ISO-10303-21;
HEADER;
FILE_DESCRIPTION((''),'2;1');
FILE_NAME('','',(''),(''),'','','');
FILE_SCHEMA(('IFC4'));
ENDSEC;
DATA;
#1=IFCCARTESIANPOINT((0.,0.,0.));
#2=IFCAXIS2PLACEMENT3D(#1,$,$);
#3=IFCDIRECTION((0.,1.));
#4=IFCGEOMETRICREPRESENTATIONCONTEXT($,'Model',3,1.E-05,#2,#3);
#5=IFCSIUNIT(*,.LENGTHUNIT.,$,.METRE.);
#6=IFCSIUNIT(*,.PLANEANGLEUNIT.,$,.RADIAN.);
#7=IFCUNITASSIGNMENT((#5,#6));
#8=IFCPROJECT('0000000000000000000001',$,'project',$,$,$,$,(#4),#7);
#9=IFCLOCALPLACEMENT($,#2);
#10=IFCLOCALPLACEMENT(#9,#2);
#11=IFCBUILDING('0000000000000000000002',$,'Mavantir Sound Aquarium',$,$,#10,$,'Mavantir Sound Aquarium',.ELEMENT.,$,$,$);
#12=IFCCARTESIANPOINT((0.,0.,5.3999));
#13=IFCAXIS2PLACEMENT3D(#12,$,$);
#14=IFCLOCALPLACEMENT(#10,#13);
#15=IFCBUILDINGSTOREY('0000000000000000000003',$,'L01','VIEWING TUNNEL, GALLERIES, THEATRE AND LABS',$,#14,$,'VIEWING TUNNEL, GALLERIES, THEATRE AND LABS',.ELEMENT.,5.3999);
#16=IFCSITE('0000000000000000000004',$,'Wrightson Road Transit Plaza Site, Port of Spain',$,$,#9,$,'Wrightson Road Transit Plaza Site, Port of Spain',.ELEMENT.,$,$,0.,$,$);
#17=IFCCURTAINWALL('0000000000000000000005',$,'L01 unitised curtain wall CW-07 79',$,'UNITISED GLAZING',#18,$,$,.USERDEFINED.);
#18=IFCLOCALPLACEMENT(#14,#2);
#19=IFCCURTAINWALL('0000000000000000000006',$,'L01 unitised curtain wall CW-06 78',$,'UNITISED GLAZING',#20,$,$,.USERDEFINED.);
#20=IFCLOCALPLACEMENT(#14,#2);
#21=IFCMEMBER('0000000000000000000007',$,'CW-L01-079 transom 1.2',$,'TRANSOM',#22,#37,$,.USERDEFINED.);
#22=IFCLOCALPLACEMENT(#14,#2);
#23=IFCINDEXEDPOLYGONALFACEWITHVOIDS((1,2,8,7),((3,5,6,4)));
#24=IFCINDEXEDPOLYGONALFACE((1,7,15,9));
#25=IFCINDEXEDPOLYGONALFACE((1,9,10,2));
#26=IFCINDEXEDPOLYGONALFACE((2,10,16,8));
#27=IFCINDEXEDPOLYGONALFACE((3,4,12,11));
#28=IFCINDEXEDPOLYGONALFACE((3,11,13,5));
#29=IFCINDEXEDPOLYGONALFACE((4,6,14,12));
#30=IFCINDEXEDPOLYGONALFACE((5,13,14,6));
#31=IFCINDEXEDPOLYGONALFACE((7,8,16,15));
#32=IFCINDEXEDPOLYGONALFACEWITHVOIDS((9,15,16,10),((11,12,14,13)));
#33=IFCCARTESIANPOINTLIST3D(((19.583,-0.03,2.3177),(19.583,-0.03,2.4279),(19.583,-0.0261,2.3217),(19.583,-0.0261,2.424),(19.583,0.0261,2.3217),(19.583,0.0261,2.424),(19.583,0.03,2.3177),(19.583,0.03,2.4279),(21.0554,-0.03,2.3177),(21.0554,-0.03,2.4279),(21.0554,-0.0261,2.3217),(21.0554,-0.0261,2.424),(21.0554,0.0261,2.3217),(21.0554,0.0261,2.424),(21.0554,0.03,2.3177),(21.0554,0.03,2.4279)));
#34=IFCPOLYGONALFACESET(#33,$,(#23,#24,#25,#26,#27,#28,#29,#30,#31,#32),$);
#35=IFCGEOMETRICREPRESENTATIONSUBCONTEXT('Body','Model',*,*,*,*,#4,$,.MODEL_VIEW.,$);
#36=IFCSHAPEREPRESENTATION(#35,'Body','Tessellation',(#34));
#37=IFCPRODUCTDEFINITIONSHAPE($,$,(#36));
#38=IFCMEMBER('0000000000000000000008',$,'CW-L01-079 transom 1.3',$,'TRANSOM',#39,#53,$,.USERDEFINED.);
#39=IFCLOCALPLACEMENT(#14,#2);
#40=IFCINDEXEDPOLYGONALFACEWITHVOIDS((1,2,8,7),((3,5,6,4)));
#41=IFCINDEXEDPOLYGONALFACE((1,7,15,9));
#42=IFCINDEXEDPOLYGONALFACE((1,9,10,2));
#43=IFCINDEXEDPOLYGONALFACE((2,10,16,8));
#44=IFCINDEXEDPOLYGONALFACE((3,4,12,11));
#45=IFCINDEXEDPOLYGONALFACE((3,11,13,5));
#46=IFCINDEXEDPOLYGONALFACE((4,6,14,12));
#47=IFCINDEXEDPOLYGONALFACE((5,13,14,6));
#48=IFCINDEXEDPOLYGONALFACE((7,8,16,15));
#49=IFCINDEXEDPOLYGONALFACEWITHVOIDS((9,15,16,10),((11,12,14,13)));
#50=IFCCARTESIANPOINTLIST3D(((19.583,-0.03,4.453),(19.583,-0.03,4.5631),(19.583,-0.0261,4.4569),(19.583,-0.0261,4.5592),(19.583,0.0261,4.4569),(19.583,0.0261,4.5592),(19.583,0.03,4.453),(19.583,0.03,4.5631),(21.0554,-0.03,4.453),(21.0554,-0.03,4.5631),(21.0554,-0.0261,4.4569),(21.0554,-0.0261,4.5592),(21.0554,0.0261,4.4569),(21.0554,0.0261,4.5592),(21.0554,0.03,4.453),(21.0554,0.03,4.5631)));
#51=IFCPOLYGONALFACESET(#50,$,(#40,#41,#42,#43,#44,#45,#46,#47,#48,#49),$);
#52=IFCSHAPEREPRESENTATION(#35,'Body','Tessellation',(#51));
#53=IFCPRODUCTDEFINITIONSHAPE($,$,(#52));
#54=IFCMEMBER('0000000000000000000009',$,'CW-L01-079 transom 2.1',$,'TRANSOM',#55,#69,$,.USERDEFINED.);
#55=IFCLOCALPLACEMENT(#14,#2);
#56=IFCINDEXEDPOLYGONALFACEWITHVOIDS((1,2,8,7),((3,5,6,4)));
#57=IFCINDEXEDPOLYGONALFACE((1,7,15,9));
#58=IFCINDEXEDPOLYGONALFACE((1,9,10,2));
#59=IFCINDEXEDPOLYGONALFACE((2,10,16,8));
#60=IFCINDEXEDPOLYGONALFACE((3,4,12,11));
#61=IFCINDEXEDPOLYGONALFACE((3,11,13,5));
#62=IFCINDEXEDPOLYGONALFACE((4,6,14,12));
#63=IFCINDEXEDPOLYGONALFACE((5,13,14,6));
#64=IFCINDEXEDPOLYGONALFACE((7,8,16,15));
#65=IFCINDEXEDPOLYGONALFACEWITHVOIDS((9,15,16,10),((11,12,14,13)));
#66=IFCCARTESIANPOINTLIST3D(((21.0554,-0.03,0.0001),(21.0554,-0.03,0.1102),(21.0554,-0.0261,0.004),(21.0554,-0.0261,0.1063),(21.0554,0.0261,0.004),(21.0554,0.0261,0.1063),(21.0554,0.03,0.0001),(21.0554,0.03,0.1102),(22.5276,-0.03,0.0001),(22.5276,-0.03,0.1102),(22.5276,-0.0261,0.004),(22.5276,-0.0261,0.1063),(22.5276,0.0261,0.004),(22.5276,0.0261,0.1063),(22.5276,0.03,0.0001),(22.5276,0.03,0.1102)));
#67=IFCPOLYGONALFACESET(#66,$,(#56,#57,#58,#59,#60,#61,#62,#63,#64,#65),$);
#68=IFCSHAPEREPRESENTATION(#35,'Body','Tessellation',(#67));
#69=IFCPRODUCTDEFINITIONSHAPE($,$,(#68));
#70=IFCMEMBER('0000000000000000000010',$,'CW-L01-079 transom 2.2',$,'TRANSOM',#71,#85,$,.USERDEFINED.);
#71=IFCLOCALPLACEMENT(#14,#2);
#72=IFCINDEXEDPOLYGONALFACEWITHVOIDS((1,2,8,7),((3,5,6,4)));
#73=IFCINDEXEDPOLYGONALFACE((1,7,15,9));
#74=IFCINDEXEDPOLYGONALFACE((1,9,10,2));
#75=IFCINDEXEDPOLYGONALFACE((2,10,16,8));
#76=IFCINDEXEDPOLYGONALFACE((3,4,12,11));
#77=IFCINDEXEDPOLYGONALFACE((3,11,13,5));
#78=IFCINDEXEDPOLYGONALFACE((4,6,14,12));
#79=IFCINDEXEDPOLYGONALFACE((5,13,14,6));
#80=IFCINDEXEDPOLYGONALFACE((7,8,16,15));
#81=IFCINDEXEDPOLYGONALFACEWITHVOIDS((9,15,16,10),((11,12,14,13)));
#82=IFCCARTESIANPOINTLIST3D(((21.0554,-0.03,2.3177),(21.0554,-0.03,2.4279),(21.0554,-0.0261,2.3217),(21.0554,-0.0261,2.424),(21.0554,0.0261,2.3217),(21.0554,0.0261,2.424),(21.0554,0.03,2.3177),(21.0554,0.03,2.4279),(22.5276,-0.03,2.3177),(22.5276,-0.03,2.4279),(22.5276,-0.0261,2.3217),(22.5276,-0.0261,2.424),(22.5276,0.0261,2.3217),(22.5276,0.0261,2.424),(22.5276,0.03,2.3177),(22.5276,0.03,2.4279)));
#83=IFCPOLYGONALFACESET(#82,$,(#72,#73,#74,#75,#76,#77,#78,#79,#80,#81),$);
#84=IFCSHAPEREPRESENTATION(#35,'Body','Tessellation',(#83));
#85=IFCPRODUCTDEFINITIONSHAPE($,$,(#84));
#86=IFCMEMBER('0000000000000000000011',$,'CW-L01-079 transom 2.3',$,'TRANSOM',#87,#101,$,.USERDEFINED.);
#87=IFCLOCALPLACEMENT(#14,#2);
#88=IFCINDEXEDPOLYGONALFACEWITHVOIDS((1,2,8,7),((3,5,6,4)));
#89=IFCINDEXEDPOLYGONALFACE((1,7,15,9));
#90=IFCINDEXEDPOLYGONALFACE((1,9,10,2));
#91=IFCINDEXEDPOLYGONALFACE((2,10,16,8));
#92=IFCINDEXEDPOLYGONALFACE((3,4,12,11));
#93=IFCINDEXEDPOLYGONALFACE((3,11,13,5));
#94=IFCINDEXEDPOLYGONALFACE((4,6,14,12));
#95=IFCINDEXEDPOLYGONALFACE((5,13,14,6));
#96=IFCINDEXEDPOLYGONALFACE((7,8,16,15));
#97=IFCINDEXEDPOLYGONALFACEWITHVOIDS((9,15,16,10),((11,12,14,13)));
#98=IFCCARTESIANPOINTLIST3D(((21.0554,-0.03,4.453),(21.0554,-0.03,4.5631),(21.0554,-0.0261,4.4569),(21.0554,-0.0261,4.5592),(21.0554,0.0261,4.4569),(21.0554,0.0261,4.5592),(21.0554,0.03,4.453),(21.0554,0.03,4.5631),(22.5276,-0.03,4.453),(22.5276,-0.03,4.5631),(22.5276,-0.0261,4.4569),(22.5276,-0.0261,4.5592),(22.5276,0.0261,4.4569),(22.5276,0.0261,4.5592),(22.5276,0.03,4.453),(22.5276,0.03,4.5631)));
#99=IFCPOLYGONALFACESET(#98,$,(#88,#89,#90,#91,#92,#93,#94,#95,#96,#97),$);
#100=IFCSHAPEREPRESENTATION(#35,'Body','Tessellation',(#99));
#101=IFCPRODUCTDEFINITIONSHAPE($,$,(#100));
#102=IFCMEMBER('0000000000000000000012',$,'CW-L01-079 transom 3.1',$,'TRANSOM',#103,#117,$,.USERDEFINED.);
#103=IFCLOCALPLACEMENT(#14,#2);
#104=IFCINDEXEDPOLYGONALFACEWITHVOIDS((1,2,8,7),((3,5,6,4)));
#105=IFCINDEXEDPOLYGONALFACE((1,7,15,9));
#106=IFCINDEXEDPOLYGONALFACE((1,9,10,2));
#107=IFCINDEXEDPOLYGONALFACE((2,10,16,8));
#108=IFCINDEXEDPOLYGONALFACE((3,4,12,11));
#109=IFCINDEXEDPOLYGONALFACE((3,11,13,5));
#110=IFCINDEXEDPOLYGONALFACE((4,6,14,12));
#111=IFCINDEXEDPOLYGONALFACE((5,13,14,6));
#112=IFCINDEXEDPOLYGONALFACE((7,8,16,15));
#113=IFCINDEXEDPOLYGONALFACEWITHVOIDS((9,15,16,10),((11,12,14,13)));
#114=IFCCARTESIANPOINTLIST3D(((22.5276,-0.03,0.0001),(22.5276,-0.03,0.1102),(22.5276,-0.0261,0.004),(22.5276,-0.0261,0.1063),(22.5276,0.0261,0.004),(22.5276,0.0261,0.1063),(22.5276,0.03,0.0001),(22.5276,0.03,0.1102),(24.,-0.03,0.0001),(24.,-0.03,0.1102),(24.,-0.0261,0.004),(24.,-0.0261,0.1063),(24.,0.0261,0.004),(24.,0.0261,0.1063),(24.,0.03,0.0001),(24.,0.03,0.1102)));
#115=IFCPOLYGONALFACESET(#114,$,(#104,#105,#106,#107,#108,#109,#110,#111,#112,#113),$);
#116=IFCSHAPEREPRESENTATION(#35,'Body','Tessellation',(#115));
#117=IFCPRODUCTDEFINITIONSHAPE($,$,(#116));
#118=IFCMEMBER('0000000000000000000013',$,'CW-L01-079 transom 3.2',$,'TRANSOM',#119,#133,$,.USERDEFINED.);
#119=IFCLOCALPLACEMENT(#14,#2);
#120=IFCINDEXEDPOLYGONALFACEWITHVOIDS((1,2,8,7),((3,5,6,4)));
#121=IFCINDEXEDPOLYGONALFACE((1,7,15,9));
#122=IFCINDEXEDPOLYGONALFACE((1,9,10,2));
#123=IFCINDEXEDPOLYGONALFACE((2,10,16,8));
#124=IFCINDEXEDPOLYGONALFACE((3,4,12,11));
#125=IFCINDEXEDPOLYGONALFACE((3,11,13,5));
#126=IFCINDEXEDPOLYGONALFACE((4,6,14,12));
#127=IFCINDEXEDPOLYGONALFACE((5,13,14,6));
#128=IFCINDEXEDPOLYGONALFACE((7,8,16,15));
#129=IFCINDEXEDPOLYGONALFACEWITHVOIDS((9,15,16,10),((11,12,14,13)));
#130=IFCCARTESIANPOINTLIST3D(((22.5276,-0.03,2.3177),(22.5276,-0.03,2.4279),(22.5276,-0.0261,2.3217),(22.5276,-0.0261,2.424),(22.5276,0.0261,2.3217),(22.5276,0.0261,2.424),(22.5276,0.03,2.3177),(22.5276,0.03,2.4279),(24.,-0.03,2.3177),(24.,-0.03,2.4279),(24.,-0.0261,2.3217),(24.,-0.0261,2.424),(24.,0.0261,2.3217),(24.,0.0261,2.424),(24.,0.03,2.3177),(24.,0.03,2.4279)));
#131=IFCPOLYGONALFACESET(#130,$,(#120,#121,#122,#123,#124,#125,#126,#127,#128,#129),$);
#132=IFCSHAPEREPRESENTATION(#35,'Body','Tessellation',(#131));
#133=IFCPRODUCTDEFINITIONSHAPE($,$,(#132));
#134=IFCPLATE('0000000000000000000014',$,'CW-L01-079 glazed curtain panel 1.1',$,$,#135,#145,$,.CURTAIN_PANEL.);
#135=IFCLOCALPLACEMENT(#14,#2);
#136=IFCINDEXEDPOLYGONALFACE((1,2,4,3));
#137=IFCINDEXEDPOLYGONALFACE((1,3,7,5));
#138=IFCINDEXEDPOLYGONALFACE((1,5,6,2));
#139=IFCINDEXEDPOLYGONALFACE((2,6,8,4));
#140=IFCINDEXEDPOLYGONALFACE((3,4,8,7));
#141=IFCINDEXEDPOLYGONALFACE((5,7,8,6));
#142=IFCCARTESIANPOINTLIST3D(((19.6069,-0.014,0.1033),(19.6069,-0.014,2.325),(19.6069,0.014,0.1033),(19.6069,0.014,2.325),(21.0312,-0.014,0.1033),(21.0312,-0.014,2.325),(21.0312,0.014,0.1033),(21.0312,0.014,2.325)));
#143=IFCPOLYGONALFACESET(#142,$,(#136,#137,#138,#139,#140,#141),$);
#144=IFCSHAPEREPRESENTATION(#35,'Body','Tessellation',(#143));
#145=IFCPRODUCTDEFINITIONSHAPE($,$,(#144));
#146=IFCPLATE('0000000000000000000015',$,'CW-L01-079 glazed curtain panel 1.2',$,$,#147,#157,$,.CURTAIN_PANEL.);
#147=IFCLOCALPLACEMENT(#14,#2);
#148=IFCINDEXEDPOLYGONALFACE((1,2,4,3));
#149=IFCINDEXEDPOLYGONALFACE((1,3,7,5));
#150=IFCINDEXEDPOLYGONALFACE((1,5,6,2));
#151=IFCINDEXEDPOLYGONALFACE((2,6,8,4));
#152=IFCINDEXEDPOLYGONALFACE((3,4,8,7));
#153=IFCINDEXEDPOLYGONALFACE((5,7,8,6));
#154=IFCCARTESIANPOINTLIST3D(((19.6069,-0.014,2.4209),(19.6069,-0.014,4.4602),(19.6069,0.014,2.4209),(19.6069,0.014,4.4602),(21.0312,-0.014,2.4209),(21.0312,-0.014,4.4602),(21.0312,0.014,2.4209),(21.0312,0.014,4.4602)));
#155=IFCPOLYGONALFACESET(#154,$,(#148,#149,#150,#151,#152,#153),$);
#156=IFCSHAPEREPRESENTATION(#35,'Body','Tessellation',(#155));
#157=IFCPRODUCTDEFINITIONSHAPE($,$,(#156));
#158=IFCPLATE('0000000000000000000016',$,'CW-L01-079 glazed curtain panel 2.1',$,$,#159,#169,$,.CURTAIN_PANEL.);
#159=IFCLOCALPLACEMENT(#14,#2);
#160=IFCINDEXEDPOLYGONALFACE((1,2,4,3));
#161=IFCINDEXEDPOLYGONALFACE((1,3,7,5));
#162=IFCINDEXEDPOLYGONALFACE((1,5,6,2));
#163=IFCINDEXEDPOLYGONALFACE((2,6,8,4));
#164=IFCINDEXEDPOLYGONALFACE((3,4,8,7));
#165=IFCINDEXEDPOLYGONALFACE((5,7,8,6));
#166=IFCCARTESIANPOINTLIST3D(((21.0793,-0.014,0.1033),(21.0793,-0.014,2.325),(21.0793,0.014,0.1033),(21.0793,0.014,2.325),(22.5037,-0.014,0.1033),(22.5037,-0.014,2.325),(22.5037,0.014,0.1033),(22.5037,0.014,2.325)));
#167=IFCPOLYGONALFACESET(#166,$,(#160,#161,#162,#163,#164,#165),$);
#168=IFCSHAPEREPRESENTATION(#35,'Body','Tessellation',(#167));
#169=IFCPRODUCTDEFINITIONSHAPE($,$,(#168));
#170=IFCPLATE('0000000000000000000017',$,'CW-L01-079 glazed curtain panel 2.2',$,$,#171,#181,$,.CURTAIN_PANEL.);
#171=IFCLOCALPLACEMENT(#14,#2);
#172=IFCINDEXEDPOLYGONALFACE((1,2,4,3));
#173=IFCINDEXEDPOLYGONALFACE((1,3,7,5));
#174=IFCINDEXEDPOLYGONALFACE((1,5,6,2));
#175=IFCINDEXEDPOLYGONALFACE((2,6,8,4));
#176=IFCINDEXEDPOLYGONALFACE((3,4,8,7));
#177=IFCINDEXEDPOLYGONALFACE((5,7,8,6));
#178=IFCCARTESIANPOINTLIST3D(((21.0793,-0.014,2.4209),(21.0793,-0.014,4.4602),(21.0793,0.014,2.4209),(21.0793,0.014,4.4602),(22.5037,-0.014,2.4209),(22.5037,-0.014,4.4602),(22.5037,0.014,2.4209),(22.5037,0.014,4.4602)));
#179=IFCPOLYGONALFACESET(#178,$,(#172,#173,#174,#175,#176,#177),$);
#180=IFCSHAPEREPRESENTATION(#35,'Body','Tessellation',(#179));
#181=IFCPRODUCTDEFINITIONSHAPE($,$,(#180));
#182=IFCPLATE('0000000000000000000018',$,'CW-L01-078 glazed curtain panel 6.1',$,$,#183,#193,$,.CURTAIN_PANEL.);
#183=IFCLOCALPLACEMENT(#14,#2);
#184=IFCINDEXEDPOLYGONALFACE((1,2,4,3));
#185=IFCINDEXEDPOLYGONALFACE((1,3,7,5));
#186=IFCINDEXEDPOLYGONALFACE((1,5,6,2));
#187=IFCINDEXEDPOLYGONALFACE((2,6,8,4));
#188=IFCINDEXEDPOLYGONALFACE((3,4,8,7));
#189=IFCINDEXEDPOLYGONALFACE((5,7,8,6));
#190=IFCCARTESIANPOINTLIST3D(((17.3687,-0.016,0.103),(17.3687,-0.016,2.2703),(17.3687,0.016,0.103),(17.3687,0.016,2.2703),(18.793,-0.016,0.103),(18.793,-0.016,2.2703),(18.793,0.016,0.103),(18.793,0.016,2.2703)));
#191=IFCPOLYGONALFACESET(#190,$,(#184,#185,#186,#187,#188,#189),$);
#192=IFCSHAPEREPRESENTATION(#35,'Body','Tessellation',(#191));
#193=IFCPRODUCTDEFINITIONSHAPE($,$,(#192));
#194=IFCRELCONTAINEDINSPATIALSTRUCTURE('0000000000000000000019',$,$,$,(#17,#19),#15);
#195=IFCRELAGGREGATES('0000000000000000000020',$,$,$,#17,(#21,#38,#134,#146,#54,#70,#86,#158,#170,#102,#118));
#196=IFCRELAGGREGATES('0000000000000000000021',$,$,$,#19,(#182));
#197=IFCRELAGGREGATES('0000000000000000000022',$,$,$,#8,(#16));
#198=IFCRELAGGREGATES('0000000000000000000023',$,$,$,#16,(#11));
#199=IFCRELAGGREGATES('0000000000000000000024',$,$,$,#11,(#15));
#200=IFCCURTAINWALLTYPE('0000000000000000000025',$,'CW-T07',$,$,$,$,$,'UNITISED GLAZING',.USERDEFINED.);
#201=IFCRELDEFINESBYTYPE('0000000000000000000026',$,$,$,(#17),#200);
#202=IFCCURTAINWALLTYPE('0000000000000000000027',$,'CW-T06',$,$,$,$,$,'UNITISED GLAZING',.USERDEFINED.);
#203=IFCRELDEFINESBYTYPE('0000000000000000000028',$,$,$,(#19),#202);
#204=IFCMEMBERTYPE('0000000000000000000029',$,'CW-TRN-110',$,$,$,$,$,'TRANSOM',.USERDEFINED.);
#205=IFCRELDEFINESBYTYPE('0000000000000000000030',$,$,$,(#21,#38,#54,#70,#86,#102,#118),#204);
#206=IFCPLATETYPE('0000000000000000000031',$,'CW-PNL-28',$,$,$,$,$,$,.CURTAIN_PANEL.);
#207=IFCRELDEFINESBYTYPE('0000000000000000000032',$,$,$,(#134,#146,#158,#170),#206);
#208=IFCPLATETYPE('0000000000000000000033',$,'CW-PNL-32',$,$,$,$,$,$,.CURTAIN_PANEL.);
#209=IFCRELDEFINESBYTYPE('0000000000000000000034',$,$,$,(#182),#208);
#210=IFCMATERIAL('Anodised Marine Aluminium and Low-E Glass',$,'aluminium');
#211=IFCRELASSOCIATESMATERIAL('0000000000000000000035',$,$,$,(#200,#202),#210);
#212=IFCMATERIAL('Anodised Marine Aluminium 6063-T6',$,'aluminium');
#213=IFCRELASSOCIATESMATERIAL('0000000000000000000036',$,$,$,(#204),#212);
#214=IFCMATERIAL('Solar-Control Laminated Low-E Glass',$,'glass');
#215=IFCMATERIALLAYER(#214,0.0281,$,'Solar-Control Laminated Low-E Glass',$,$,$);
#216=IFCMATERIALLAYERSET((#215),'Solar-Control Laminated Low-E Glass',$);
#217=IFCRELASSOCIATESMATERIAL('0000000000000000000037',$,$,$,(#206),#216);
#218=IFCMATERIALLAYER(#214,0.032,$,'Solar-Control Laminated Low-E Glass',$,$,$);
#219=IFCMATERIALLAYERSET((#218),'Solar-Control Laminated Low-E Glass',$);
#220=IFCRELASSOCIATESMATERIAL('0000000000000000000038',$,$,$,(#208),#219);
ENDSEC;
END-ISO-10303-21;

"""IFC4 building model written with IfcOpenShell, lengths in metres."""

from ifc_helpers import new_model, si_unit, direction, frame, origin, origin_2d, place, context, subcontext, project, spatial, rectangle, hollow_rectangle, extrude, material, layer, layer_set, material_profile, profile_set, type_object, element, aggregate, save


model = new_model("IFC4")

# Units and contexts
model_context = context("Model", 3, precision=1e-05, world=origin(), true_north=direction((0.0, 1.0)))
body_context = subcontext(model_context, "Body", "Model", "MODEL_VIEW")
ifc_project = project(units=[si_unit("LENGTHUNIT", "METRE"), si_unit("PLANEANGLEUNIT", "RADIAN")], contexts=[model_context])

# Site, building, storey
site_placement = place(None, origin())
site = spatial("IfcSite", under=ifc_project, at=site_placement, Name="Wrightson Road Transit Plaza Site, Port of Spain", LongName="Wrightson Road Transit Plaza Site, Port of Spain", CompositionType="ELEMENT", RefElevation=0.0)
building_placement = place(site_placement, origin())
building = spatial("IfcBuilding", under=site, at=building_placement, Name="Mavantir Sound Aquarium", LongName="Mavantir Sound Aquarium", CompositionType="ELEMENT")
storey_placement = place(building_placement, frame((0.0, 0.0, 5.3999)))
storey = spatial("IfcBuildingStorey", under=building, at=storey_placement, Name="L01", Description="VIEWING TUNNEL, GALLERIES, THEATRE AND LABS", LongName="VIEWING TUNNEL, GALLERIES, THEATRE AND LABS", CompositionType="ELEMENT", Elevation=5.3999)

# Curtain walls
ifc_material_1 = material(Name="Anodised Marine Aluminium and Low-E Glass", Category="aluminium")
curtain_wall_type_1 = type_object("IfcCurtainWallType", Name="CW-T07", ElementType="UNITISED GLAZING", PredefinedType="USERDEFINED", material=ifc_material_1)
curtain_wall_1_placement = place(storey_placement, origin())
curtain_wall_1 = element("IfcCurtainWall", 1, at=curtain_wall_1_placement, inside=storey, type_object=curtain_wall_type_1, Name="L01 unitised curtain wall CW-07 79", ObjectType="UNITISED GLAZING", PredefinedType="USERDEFINED")
ifc_material_2 = material(Name="Anodised Marine Aluminium 6063-T6", Category="aluminium")
curtain_wall_type_2 = type_object("IfcCurtainWallType", Name="CW-T06", ElementType="UNITISED GLAZING", PredefinedType="USERDEFINED", material=ifc_material_1)
curtain_wall_2_placement = place(storey_placement, origin())
curtain_wall_2 = element("IfcCurtainWall", 2, at=curtain_wall_2_placement, inside=storey, type_object=curtain_wall_type_2, Name="L01 unitised curtain wall CW-06 78", ObjectType="UNITISED GLAZING", PredefinedType="USERDEFINED")
ifc_material_profile_1 = material_profile(ifc_material_2, hollow_rectangle(XDim=0.0601, YDim=0.1101, WallThickness=0.0039, at=origin_2d()), Name="ALU-TRANSOM-110X60")
ifc_profile_set_1 = profile_set([ifc_material_profile_1], Name="Anodised Marine Aluminium 6063-T6")
member_type_1 = type_object("IfcMemberType", Name="CW-TRN-110", ElementType="TRANSOM", PredefinedType="USERDEFINED", material=ifc_profile_set_1)

# Members
member_1_placement = place(storey_placement, frame((19.583, 0.0, 2.3728), z_axis=(1.0, 0.0, 0.0), x_axis=(0.0, 1.0, 0.0)))
member_1 = element("IfcMember", 3, at=member_1_placement, type_object=member_type_1, Name="CW-L01-079 transom 1.2", ObjectType="TRANSOM", PredefinedType="USERDEFINED", context=body_context, shape_type="SweptSolid", body=[
    extrude(hollow_rectangle(XDim=0.0601, YDim=0.1101, WallThickness=0.0039, at=origin_2d()), origin(), (0.0, 0.0, 1.0), 1.4724),
])
member_2_placement = place(storey_placement, frame((19.583, 0.0, 4.5081), z_axis=(1.0, 0.0, 0.0), x_axis=(0.0, 1.0, 0.0)))
member_2 = element("IfcMember", 4, at=member_2_placement, type_object=member_type_1, Name="CW-L01-079 transom 1.3", ObjectType="TRANSOM", PredefinedType="USERDEFINED", context=body_context, shape_type="SweptSolid", body=[
    extrude(hollow_rectangle(XDim=0.0601, YDim=0.1101, WallThickness=0.0039, at=origin_2d()), origin(), (0.0, 0.0, 1.0), 1.4724),
])
member_3_placement = place(storey_placement, frame((21.0554, 0.0, 0.0552), z_axis=(1.0, 0.0, 0.0), x_axis=(0.0, 1.0, 0.0)))
member_3 = element("IfcMember", 5, at=member_3_placement, type_object=member_type_1, Name="CW-L01-079 transom 2.1", ObjectType="TRANSOM", PredefinedType="USERDEFINED", context=body_context, shape_type="SweptSolid", body=[
    extrude(hollow_rectangle(XDim=0.0601, YDim=0.1101, WallThickness=0.0039, at=origin_2d()), origin(), (0.0, 0.0, 1.0), 1.4722),
])
member_4_placement = place(storey_placement, frame((21.0554, 0.0, 2.3728), z_axis=(1.0, 0.0, 0.0), x_axis=(0.0, 1.0, 0.0)))
member_4 = element("IfcMember", 6, at=member_4_placement, type_object=member_type_1, Name="CW-L01-079 transom 2.2", ObjectType="TRANSOM", PredefinedType="USERDEFINED", context=body_context, shape_type="SweptSolid", body=[
    extrude(hollow_rectangle(XDim=0.0601, YDim=0.1101, WallThickness=0.0039, at=origin_2d()), origin(), (0.0, 0.0, 1.0), 1.4722),
])
member_5_placement = place(storey_placement, frame((21.0554, 0.0, 4.5081), z_axis=(1.0, 0.0, 0.0), x_axis=(0.0, 1.0, 0.0)))
member_5 = element("IfcMember", 7, at=member_5_placement, type_object=member_type_1, Name="CW-L01-079 transom 2.3", ObjectType="TRANSOM", PredefinedType="USERDEFINED", context=body_context, shape_type="SweptSolid", body=[
    extrude(hollow_rectangle(XDim=0.0601, YDim=0.1101, WallThickness=0.0039, at=origin_2d()), origin(), (0.0, 0.0, 1.0), 1.4722),
])
member_6_placement = place(storey_placement, frame((22.5276, 0.0, 0.0552), z_axis=(1.0, 0.0, 0.0), x_axis=(0.0, 1.0, 0.0)))
member_6 = element("IfcMember", 8, at=member_6_placement, type_object=member_type_1, Name="CW-L01-079 transom 3.1", ObjectType="TRANSOM", PredefinedType="USERDEFINED", context=body_context, shape_type="SweptSolid", body=[
    extrude(hollow_rectangle(XDim=0.0601, YDim=0.1101, WallThickness=0.0039, at=origin_2d()), origin(), (0.0, 0.0, 1.0), 1.4724),
])
member_7_placement = place(storey_placement, frame((22.5276, 0.0, 2.3728), z_axis=(1.0, 0.0, 0.0), x_axis=(0.0, 1.0, 0.0)))
member_7 = element("IfcMember", 9, at=member_7_placement, type_object=member_type_1, Name="CW-L01-079 transom 3.2", ObjectType="TRANSOM", PredefinedType="USERDEFINED", context=body_context, shape_type="SweptSolid", body=[
    extrude(hollow_rectangle(XDim=0.0601, YDim=0.1101, WallThickness=0.0039, at=origin_2d()), origin(), (0.0, 0.0, 1.0), 1.4724),
])

# Plates
ifc_material_3 = material(Name="Solar-Control Laminated Low-E Glass", Category="glass")
ifc_layer_1 = layer(ifc_material_3, 0.0281, Name="Solar-Control Laminated Low-E Glass")
ifc_layer_set_1 = layer_set([ifc_layer_1], Name="Solar-Control Laminated Low-E Glass")
plate_type_1 = type_object("IfcPlateType", Name="CW-PNL-28", PredefinedType="CURTAIN_PANEL", material=ifc_layer_set_1)
plate_1_placement = place(storey_placement, frame((20.3191, 0.0, 0.1033), z_axis=(0.0, 0.0, 1.0), x_axis=(1.0, 0.0, 0.0)))
plate_1 = element("IfcPlate", 10, at=plate_1_placement, type_object=plate_type_1, Name="CW-L01-079 glazed curtain panel 1.1", PredefinedType="CURTAIN_PANEL", context=body_context, shape_type="SweptSolid", body=[
    extrude(rectangle(XDim=1.4243, YDim=0.0281, at=origin_2d()), origin(), (0.0, 0.0, 1.0), 2.2217),
])
plate_2_placement = place(storey_placement, frame((20.3191, 0.0, 2.4209), z_axis=(0.0, 0.0, 1.0), x_axis=(1.0, 0.0, 0.0)))
plate_2 = element("IfcPlate", 11, at=plate_2_placement, type_object=plate_type_1, Name="CW-L01-079 glazed curtain panel 1.2", PredefinedType="CURTAIN_PANEL", context=body_context, shape_type="SweptSolid", body=[
    extrude(rectangle(XDim=1.4243, YDim=0.0281, at=origin_2d()), origin(), (0.0, 0.0, 1.0), 2.0393),
])
plate_3_placement = place(storey_placement, frame((21.7915, 0.0, 0.1033), z_axis=(0.0, 0.0, 1.0), x_axis=(1.0, 0.0, 0.0)))
plate_3 = element("IfcPlate", 12, at=plate_3_placement, type_object=plate_type_1, Name="CW-L01-079 glazed curtain panel 2.1", PredefinedType="CURTAIN_PANEL", context=body_context, shape_type="SweptSolid", body=[
    extrude(rectangle(XDim=1.4243, YDim=0.0281, at=origin_2d()), origin(), (0.0, 0.0, 1.0), 2.2217),
])
plate_4_placement = place(storey_placement, frame((21.7915, 0.0, 2.4209), z_axis=(0.0, 0.0, 1.0), x_axis=(1.0, 0.0, 0.0)))
plate_4 = element("IfcPlate", 13, at=plate_4_placement, type_object=plate_type_1, Name="CW-L01-079 glazed curtain panel 2.2", PredefinedType="CURTAIN_PANEL", context=body_context, shape_type="SweptSolid", body=[
    extrude(rectangle(XDim=1.4243, YDim=0.0281, at=origin_2d()), origin(), (0.0, 0.0, 1.0), 2.0393),
])
aggregate(curtain_wall_1, [member_1, member_2, plate_1, plate_2, member_3, member_4, member_5, plate_3, plate_4, member_6, member_7])
ifc_layer_2 = layer(ifc_material_3, 0.032, Name="Solar-Control Laminated Low-E Glass")
ifc_layer_set_2 = layer_set([ifc_layer_2], Name="Solar-Control Laminated Low-E Glass")
plate_type_2 = type_object("IfcPlateType", Name="CW-PNL-32", PredefinedType="CURTAIN_PANEL", material=ifc_layer_set_2)
plate_5_placement = place(storey_placement, frame((18.0808, 0.0, 0.103), z_axis=(0.0, 0.0, 1.0), x_axis=(1.0, 0.0, 0.0)))
plate_5 = element("IfcPlate", 14, at=plate_5_placement, type_object=plate_type_2, Name="CW-L01-078 glazed curtain panel 6.1", PredefinedType="CURTAIN_PANEL", context=body_context, shape_type="SweptSolid", body=[
    extrude(rectangle(XDim=1.4243, YDim=0.032, at=origin_2d()), origin(), (0.0, 0.0, 1.0), 2.1672),
])
aggregate(curtain_wall_2, [plate_5])

save(model, "model.ifc")
